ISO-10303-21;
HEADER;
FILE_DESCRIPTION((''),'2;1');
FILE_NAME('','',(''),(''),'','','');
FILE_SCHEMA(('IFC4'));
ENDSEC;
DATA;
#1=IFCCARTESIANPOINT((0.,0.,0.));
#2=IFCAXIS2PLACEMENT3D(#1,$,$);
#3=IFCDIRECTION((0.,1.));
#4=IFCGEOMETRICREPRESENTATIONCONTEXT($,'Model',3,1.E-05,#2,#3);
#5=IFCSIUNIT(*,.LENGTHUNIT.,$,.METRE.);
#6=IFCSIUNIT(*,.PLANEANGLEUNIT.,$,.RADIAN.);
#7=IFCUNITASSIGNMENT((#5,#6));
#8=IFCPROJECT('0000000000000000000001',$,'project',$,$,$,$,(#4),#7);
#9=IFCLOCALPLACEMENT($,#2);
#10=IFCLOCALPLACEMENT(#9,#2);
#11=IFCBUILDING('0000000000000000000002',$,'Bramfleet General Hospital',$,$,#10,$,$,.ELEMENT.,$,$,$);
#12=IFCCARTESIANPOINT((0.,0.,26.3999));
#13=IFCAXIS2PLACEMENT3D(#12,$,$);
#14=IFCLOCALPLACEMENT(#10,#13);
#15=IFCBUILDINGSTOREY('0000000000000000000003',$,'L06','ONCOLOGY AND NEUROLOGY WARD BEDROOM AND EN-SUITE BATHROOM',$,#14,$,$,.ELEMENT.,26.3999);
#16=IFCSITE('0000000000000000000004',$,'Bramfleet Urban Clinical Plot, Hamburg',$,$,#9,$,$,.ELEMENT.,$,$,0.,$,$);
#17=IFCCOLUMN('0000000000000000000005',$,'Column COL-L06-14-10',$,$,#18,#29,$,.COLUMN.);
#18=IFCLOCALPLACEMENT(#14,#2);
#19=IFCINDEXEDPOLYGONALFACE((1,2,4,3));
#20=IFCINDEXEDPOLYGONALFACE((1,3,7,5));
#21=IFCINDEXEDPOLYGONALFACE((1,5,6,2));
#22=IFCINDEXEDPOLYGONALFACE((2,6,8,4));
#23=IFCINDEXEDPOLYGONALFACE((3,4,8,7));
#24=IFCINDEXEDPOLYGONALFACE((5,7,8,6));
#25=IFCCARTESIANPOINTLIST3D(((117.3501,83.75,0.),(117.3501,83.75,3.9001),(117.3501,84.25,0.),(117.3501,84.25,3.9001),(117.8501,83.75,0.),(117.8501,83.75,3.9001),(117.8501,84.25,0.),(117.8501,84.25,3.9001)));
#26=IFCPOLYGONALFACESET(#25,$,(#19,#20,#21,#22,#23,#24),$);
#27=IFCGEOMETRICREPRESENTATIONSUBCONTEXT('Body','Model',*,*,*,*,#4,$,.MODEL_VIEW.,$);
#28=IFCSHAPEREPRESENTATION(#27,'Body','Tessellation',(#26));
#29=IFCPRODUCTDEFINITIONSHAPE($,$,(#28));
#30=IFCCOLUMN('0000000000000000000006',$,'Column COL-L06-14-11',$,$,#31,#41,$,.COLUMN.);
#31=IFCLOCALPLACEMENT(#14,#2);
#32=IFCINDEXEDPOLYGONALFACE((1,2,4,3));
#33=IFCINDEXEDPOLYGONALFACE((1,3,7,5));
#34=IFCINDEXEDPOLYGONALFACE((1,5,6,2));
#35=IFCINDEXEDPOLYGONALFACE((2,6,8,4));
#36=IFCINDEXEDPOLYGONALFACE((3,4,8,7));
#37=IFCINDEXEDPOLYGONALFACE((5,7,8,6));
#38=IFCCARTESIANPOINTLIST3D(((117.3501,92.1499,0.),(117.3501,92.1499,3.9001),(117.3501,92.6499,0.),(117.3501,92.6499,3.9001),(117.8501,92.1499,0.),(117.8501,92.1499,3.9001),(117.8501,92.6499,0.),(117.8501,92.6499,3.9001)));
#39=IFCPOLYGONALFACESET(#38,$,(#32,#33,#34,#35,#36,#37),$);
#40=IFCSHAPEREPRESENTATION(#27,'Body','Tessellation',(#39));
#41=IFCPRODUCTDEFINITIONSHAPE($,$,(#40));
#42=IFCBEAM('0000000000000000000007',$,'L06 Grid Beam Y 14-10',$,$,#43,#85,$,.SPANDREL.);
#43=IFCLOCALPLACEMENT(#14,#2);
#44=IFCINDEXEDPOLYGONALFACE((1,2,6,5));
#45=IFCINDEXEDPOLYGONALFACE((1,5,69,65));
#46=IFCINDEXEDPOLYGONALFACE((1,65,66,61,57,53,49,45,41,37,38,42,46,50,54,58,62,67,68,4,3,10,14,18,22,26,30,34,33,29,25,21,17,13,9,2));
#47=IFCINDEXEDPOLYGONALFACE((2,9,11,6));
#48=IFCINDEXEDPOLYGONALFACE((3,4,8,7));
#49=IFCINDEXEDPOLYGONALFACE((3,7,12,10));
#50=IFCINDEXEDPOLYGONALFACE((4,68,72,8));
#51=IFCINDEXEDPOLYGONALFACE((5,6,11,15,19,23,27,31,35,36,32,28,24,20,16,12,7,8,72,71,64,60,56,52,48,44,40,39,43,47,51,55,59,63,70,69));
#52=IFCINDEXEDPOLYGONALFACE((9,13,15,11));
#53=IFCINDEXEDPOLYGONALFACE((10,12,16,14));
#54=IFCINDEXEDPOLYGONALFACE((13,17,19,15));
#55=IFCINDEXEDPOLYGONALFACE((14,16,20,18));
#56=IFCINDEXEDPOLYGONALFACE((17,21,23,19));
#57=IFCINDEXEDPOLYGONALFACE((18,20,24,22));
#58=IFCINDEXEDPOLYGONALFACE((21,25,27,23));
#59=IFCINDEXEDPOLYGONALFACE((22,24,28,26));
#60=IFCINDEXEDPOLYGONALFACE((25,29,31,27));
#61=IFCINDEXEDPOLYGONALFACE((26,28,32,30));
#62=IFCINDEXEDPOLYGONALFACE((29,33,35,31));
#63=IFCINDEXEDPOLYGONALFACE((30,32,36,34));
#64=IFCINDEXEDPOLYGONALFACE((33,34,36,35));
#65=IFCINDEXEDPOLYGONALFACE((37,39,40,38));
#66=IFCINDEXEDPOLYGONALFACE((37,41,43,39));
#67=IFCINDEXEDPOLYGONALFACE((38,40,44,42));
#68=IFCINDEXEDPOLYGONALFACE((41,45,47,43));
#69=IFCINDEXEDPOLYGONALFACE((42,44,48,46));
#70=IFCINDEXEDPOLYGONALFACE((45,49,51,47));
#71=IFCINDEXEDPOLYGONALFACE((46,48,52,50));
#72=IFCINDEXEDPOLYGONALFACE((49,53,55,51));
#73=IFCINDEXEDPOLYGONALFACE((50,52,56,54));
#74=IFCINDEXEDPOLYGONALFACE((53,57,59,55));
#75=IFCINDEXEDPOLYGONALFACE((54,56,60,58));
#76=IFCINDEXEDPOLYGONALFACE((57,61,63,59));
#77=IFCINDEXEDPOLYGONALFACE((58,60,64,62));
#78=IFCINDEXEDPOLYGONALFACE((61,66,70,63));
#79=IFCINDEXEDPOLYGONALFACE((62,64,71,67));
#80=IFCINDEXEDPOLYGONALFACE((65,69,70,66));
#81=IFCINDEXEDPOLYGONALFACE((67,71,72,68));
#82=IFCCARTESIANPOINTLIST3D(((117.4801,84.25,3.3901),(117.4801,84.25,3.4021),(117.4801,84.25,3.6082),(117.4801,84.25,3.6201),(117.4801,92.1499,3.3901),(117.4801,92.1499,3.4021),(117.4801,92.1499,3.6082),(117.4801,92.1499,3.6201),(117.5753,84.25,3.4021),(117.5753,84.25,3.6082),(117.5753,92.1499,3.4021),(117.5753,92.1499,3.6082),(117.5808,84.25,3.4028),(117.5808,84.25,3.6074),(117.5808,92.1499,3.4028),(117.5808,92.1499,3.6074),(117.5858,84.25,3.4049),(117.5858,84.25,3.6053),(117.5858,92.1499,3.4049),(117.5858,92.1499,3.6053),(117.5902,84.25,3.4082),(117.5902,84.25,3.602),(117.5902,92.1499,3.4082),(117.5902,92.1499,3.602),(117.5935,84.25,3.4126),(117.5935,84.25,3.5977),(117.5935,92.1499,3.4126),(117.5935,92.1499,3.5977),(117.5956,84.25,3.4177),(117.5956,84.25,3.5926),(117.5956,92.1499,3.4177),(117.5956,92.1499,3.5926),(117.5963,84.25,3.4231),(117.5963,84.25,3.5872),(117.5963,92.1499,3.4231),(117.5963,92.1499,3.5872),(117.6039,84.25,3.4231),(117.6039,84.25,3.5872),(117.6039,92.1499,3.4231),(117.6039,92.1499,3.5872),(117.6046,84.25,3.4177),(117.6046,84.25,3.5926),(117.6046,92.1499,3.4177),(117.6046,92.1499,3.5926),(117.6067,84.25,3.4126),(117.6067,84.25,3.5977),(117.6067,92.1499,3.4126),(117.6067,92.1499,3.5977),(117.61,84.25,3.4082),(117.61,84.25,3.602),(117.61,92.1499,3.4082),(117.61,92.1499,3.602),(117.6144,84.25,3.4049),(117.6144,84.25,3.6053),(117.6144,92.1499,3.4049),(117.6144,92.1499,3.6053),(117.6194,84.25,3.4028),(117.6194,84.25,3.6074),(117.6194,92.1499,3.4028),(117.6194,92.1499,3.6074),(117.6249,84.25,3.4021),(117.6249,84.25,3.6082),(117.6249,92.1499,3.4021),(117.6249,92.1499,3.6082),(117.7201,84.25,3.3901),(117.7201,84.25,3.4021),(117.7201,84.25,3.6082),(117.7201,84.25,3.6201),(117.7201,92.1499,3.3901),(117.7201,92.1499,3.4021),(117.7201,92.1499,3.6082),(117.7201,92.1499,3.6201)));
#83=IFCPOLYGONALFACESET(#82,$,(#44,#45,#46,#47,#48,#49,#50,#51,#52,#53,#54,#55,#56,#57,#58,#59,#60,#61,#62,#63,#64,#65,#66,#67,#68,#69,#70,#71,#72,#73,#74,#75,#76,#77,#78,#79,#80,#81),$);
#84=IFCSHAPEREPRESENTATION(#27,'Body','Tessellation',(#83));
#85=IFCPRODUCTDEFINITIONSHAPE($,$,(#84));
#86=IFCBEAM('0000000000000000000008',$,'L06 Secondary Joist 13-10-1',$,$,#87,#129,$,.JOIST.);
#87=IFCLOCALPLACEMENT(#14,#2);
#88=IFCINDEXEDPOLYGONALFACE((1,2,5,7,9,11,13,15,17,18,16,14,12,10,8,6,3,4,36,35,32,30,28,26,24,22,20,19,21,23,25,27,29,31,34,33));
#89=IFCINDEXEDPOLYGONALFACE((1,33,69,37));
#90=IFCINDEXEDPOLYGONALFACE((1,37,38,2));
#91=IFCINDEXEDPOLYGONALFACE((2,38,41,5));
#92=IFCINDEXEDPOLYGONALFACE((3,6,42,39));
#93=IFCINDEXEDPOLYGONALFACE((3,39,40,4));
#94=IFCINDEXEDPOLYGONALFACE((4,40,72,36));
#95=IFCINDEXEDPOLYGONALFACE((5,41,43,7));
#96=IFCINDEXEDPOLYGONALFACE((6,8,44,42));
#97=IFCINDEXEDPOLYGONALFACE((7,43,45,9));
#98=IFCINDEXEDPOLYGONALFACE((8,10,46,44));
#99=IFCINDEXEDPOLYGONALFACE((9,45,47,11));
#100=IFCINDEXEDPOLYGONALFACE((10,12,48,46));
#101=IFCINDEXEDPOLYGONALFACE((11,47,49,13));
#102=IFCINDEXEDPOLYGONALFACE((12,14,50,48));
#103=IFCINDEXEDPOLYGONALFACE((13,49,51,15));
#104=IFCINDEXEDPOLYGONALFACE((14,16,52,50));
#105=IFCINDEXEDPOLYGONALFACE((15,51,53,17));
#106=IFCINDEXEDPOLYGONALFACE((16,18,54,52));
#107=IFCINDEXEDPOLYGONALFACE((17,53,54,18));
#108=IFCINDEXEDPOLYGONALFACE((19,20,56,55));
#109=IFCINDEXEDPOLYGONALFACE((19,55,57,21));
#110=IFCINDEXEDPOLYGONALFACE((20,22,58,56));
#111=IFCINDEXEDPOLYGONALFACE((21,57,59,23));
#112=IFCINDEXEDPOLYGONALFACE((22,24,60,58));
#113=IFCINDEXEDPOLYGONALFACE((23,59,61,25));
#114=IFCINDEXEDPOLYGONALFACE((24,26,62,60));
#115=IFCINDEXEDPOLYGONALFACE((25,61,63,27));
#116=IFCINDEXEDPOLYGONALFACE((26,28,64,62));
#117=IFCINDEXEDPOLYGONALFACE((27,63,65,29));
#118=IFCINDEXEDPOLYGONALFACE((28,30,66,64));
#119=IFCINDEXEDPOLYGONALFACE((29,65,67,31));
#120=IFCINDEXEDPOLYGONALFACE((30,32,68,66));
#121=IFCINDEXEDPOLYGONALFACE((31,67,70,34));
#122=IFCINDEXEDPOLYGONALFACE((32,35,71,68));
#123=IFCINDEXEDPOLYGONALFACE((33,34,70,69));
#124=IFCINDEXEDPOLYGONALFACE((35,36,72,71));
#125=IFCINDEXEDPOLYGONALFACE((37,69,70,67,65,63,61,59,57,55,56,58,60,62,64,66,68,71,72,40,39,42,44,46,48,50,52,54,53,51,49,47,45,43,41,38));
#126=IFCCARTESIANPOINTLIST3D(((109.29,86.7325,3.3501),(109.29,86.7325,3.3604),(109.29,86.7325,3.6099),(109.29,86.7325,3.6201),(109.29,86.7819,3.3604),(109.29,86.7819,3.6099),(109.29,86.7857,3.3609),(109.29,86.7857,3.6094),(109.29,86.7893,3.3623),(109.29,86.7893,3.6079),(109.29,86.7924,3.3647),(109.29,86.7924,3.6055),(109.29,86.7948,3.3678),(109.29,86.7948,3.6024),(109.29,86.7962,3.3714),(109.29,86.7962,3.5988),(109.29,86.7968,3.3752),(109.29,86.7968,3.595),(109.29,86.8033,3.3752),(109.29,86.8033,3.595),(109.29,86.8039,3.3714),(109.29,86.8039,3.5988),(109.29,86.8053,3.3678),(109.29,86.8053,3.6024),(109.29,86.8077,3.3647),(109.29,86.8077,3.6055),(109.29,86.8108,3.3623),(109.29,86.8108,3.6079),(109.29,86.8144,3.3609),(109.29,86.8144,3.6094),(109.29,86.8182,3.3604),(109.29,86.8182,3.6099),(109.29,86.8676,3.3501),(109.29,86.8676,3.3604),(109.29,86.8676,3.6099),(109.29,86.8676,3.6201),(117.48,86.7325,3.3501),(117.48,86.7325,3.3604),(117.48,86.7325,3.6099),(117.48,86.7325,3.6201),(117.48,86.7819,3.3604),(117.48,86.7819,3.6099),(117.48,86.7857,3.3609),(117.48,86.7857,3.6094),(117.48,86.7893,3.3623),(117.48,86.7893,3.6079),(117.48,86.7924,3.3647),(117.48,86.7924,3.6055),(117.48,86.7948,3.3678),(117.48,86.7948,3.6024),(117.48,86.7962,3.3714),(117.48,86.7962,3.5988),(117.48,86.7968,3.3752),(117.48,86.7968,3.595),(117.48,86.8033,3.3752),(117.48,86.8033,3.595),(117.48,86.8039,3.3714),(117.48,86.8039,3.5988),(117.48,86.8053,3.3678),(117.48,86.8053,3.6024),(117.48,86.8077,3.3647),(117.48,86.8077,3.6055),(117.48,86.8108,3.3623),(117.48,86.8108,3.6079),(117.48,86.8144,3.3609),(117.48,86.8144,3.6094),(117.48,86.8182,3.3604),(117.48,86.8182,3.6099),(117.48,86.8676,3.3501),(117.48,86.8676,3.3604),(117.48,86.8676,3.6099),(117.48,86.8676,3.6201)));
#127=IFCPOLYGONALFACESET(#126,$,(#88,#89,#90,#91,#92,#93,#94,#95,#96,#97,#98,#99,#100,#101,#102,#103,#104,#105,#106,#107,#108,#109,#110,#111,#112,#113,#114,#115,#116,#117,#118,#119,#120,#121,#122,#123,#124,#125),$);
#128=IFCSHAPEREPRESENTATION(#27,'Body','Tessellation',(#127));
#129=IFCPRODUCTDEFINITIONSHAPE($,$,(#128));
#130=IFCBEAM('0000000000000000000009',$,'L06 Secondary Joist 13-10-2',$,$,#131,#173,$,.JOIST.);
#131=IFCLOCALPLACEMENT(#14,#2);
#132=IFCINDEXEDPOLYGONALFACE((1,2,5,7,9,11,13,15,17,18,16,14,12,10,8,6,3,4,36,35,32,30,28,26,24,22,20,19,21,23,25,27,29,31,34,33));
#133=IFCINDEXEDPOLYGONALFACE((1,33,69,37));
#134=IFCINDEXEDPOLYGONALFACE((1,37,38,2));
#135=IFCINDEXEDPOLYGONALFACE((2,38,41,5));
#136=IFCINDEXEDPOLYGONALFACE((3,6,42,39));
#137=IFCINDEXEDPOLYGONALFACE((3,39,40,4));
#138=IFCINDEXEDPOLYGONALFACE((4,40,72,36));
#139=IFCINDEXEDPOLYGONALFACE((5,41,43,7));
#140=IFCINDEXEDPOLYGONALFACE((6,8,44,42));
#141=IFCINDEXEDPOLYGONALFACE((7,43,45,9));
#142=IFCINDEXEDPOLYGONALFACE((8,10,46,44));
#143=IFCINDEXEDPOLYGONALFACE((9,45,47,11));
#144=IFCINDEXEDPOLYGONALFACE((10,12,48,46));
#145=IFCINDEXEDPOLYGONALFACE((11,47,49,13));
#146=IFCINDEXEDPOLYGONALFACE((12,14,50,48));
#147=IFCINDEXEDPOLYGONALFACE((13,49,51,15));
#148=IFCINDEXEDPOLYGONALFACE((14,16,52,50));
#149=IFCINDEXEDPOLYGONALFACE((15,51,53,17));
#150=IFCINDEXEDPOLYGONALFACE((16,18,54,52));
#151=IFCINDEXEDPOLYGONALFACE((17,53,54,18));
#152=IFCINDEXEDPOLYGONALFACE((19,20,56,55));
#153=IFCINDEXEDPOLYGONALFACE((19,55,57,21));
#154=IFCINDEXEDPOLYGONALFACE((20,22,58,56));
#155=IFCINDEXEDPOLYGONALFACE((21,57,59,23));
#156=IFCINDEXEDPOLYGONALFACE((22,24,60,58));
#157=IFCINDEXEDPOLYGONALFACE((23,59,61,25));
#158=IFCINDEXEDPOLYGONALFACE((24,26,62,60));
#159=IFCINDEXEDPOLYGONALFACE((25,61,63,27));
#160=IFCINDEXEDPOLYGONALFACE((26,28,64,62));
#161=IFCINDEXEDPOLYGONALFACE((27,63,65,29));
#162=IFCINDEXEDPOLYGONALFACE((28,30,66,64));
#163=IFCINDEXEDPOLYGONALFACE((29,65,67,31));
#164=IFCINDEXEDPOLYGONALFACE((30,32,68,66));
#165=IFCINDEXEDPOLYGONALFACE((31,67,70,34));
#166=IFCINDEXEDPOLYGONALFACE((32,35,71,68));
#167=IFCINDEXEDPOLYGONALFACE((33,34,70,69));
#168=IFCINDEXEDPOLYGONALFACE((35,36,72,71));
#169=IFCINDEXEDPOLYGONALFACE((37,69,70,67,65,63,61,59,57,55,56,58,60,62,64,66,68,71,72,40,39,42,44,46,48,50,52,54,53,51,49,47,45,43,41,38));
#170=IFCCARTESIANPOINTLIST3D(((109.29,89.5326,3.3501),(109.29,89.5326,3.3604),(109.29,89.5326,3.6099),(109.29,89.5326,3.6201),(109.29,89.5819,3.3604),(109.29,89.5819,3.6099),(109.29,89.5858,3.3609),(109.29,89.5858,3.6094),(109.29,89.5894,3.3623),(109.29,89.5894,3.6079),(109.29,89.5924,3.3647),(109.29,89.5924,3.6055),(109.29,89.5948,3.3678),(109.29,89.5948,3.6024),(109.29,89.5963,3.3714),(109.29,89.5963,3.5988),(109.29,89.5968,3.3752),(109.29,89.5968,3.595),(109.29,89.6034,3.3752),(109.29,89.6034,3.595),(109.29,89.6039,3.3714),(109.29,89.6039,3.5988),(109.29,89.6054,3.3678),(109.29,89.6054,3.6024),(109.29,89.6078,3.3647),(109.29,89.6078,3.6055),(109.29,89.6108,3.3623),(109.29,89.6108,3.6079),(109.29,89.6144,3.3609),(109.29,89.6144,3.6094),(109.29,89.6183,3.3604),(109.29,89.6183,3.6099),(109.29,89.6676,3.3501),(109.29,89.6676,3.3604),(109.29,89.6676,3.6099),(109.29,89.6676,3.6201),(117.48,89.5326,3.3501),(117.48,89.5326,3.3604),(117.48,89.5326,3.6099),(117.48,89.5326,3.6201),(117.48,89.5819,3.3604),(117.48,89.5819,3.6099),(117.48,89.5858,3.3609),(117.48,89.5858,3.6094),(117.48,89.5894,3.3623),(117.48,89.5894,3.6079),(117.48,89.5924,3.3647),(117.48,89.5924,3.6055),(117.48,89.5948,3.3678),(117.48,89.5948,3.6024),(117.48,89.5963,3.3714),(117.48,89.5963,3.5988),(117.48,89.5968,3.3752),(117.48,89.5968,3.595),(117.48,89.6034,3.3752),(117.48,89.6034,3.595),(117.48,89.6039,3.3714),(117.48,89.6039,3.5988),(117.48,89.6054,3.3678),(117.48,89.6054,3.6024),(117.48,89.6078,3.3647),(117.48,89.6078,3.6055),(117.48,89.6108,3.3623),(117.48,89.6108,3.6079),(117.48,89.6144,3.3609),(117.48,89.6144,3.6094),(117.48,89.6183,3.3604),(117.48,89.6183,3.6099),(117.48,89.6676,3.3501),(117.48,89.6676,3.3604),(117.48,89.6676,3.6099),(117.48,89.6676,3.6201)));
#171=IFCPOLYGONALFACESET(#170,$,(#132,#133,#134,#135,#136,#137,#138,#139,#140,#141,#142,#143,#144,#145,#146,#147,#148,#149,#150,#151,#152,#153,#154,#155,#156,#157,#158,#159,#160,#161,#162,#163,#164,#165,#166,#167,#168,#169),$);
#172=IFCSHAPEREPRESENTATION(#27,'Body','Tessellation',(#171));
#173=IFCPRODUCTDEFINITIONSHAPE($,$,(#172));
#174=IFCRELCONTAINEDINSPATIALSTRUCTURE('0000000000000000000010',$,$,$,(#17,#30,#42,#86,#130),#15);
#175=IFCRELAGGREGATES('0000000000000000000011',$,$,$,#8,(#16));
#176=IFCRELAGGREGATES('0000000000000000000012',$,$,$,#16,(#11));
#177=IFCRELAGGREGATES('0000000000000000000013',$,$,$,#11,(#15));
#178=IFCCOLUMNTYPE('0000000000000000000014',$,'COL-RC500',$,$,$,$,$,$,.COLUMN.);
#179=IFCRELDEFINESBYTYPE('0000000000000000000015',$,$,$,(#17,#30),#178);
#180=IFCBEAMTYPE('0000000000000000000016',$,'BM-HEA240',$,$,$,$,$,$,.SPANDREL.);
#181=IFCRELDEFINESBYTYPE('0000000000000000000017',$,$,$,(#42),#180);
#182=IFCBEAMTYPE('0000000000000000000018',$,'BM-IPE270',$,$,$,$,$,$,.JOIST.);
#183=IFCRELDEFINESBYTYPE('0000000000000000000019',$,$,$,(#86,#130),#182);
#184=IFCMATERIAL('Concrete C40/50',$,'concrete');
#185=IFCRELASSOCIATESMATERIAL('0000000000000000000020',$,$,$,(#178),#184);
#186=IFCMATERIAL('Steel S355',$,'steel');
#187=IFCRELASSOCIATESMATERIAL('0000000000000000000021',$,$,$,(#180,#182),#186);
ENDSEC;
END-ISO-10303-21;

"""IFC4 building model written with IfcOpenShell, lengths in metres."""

from ifc_helpers import new_model, si_unit, direction, frame, origin, origin_2d, place, context, subcontext, project, spatial, rectangle, i_section, extrude, material, material_profile, profile_set, type_object, element, save


model = new_model("IFC4")

# Units and contexts
model_context = context("Model", 3, precision=1e-05, world=origin(), true_north=direction((0.0, 1.0)))
body_context = subcontext(model_context, "Body", "Model", "MODEL_VIEW")
ifc_project = project(units=[si_unit("LENGTHUNIT", "METRE"), si_unit("PLANEANGLEUNIT", "RADIAN")], contexts=[model_context])

# Site, building, storey
site_placement = place(None, origin())
site = spatial("IfcSite", under=ifc_project, at=site_placement, Name="Bramfleet Urban Clinical Plot, Hamburg", CompositionType="ELEMENT", RefElevation=0.0)
building_placement = place(site_placement, origin())
building = spatial("IfcBuilding", under=site, at=building_placement, Name="Bramfleet General Hospital", CompositionType="ELEMENT")
storey_placement = place(building_placement, frame((0.0, 0.0, 26.3999)))
storey = spatial("IfcBuildingStorey", under=building, at=storey_placement, Name="L06", Description="ONCOLOGY AND NEUROLOGY WARD BEDROOM AND EN-SUITE BATHROOM", CompositionType="ELEMENT", Elevation=26.3999)

# Columns
ifc_material_1 = material(Name="Concrete C40/50", Category="concrete")
ifc_material_profile_1 = material_profile(ifc_material_1, rectangle(XDim=0.5, YDim=0.5, at=origin_2d()), Name="RC COL 500x500")
ifc_profile_set_1 = profile_set([ifc_material_profile_1], Name="Concrete C40/50")
column_type = type_object("IfcColumnType", Name="COL-RC500", PredefinedType="COLUMN", material=ifc_profile_set_1)
for number, where, z_axis, x_axis, name in (
    (1, (117.6001, 84.0, 0.0), (0.0, 0.0, 1.0), (1.0, 0.0, 0.0), "Column COL-L06-14-10"),
    (2, (117.6001, 92.3999, 0.0), (0.0, 0.0, 1.0), (1.0, 0.0, 0.0), "Column COL-L06-14-11"),
):
    element("IfcColumn", number, at=place(storey_placement, frame(where, z_axis=z_axis, x_axis=x_axis)), inside=storey, type_object=column_type, Name=name, PredefinedType="COLUMN", context=body_context, shape_type="SweptSolid", body=[
        extrude(rectangle(XDim=0.5, YDim=0.5, at=origin_2d()), origin(), (0.0, 0.0, 1.0), 3.9001),
    ])

# Beams
ifc_material_2 = material(Name="Steel S355", Category="steel")
ifc_material_profile_2 = material_profile(ifc_material_2, i_section(OverallWidth=0.24, OverallDepth=0.23, WebThickness=0.0076, FlangeThickness=0.012, FilletRadius=0.021, at=origin_2d()), Name="HEA 240")
ifc_profile_set_2 = profile_set([ifc_material_profile_2], Name="Steel S355")
beam_type_1 = type_object("IfcBeamType", Name="BM-HEA240", PredefinedType="SPANDREL", material=ifc_profile_set_2)
beam_1_placement = place(storey_placement, frame((117.6001, 84.25, 3.5051), z_axis=(0.0, 1.0, 0.0), x_axis=(-1.0, 0.0, 0.0)))
element("IfcBeam", 3, at=beam_1_placement, inside=storey, type_object=beam_type_1, Name="L06 Grid Beam Y 14-10", PredefinedType="SPANDREL", context=body_context, shape_type="SweptSolid", body=[
    extrude(i_section(OverallWidth=0.24, OverallDepth=0.23, WebThickness=0.0076, FlangeThickness=0.012, FilletRadius=0.021, at=origin_2d()), origin(), (0.0, 0.0, 1.0), 7.8999),
])
ifc_material_profile_3 = material_profile(ifc_material_2, i_section(OverallWidth=0.135, OverallDepth=0.27, WebThickness=0.0066, FlangeThickness=0.0103, FilletRadius=0.0149, at=origin_2d()), Name="IPE 270")
ifc_profile_set_3 = profile_set([ifc_material_profile_3], Name="Steel S355")
beam_type_2 = type_object("IfcBeamType", Name="BM-IPE270", PredefinedType="JOIST", material=ifc_profile_set_3)
for number, where, z_axis, x_axis, name in (
    (4, (109.29, 86.8, 3.4851), (1.0, 0.0, 0.0), (0.0, 1.0, 0.0), "L06 Secondary Joist 13-10-1"),
    (5, (109.29, 89.6001, 3.4851), (1.0, 0.0, 0.0), (0.0, 1.0, 0.0), "L06 Secondary Joist 13-10-2"),
):
    element("IfcBeam", number, at=place(storey_placement, frame(where, z_axis=z_axis, x_axis=x_axis)), inside=storey, type_object=beam_type_2, Name=name, PredefinedType="JOIST", context=body_context, shape_type="SweptSolid", body=[
        extrude(i_section(OverallWidth=0.135, OverallDepth=0.27, WebThickness=0.0066, FlangeThickness=0.0103, FilletRadius=0.0149, at=origin_2d()), origin(), (0.0, 0.0, 1.0), 8.1899),
    ])

save(model, "model.ifc")
